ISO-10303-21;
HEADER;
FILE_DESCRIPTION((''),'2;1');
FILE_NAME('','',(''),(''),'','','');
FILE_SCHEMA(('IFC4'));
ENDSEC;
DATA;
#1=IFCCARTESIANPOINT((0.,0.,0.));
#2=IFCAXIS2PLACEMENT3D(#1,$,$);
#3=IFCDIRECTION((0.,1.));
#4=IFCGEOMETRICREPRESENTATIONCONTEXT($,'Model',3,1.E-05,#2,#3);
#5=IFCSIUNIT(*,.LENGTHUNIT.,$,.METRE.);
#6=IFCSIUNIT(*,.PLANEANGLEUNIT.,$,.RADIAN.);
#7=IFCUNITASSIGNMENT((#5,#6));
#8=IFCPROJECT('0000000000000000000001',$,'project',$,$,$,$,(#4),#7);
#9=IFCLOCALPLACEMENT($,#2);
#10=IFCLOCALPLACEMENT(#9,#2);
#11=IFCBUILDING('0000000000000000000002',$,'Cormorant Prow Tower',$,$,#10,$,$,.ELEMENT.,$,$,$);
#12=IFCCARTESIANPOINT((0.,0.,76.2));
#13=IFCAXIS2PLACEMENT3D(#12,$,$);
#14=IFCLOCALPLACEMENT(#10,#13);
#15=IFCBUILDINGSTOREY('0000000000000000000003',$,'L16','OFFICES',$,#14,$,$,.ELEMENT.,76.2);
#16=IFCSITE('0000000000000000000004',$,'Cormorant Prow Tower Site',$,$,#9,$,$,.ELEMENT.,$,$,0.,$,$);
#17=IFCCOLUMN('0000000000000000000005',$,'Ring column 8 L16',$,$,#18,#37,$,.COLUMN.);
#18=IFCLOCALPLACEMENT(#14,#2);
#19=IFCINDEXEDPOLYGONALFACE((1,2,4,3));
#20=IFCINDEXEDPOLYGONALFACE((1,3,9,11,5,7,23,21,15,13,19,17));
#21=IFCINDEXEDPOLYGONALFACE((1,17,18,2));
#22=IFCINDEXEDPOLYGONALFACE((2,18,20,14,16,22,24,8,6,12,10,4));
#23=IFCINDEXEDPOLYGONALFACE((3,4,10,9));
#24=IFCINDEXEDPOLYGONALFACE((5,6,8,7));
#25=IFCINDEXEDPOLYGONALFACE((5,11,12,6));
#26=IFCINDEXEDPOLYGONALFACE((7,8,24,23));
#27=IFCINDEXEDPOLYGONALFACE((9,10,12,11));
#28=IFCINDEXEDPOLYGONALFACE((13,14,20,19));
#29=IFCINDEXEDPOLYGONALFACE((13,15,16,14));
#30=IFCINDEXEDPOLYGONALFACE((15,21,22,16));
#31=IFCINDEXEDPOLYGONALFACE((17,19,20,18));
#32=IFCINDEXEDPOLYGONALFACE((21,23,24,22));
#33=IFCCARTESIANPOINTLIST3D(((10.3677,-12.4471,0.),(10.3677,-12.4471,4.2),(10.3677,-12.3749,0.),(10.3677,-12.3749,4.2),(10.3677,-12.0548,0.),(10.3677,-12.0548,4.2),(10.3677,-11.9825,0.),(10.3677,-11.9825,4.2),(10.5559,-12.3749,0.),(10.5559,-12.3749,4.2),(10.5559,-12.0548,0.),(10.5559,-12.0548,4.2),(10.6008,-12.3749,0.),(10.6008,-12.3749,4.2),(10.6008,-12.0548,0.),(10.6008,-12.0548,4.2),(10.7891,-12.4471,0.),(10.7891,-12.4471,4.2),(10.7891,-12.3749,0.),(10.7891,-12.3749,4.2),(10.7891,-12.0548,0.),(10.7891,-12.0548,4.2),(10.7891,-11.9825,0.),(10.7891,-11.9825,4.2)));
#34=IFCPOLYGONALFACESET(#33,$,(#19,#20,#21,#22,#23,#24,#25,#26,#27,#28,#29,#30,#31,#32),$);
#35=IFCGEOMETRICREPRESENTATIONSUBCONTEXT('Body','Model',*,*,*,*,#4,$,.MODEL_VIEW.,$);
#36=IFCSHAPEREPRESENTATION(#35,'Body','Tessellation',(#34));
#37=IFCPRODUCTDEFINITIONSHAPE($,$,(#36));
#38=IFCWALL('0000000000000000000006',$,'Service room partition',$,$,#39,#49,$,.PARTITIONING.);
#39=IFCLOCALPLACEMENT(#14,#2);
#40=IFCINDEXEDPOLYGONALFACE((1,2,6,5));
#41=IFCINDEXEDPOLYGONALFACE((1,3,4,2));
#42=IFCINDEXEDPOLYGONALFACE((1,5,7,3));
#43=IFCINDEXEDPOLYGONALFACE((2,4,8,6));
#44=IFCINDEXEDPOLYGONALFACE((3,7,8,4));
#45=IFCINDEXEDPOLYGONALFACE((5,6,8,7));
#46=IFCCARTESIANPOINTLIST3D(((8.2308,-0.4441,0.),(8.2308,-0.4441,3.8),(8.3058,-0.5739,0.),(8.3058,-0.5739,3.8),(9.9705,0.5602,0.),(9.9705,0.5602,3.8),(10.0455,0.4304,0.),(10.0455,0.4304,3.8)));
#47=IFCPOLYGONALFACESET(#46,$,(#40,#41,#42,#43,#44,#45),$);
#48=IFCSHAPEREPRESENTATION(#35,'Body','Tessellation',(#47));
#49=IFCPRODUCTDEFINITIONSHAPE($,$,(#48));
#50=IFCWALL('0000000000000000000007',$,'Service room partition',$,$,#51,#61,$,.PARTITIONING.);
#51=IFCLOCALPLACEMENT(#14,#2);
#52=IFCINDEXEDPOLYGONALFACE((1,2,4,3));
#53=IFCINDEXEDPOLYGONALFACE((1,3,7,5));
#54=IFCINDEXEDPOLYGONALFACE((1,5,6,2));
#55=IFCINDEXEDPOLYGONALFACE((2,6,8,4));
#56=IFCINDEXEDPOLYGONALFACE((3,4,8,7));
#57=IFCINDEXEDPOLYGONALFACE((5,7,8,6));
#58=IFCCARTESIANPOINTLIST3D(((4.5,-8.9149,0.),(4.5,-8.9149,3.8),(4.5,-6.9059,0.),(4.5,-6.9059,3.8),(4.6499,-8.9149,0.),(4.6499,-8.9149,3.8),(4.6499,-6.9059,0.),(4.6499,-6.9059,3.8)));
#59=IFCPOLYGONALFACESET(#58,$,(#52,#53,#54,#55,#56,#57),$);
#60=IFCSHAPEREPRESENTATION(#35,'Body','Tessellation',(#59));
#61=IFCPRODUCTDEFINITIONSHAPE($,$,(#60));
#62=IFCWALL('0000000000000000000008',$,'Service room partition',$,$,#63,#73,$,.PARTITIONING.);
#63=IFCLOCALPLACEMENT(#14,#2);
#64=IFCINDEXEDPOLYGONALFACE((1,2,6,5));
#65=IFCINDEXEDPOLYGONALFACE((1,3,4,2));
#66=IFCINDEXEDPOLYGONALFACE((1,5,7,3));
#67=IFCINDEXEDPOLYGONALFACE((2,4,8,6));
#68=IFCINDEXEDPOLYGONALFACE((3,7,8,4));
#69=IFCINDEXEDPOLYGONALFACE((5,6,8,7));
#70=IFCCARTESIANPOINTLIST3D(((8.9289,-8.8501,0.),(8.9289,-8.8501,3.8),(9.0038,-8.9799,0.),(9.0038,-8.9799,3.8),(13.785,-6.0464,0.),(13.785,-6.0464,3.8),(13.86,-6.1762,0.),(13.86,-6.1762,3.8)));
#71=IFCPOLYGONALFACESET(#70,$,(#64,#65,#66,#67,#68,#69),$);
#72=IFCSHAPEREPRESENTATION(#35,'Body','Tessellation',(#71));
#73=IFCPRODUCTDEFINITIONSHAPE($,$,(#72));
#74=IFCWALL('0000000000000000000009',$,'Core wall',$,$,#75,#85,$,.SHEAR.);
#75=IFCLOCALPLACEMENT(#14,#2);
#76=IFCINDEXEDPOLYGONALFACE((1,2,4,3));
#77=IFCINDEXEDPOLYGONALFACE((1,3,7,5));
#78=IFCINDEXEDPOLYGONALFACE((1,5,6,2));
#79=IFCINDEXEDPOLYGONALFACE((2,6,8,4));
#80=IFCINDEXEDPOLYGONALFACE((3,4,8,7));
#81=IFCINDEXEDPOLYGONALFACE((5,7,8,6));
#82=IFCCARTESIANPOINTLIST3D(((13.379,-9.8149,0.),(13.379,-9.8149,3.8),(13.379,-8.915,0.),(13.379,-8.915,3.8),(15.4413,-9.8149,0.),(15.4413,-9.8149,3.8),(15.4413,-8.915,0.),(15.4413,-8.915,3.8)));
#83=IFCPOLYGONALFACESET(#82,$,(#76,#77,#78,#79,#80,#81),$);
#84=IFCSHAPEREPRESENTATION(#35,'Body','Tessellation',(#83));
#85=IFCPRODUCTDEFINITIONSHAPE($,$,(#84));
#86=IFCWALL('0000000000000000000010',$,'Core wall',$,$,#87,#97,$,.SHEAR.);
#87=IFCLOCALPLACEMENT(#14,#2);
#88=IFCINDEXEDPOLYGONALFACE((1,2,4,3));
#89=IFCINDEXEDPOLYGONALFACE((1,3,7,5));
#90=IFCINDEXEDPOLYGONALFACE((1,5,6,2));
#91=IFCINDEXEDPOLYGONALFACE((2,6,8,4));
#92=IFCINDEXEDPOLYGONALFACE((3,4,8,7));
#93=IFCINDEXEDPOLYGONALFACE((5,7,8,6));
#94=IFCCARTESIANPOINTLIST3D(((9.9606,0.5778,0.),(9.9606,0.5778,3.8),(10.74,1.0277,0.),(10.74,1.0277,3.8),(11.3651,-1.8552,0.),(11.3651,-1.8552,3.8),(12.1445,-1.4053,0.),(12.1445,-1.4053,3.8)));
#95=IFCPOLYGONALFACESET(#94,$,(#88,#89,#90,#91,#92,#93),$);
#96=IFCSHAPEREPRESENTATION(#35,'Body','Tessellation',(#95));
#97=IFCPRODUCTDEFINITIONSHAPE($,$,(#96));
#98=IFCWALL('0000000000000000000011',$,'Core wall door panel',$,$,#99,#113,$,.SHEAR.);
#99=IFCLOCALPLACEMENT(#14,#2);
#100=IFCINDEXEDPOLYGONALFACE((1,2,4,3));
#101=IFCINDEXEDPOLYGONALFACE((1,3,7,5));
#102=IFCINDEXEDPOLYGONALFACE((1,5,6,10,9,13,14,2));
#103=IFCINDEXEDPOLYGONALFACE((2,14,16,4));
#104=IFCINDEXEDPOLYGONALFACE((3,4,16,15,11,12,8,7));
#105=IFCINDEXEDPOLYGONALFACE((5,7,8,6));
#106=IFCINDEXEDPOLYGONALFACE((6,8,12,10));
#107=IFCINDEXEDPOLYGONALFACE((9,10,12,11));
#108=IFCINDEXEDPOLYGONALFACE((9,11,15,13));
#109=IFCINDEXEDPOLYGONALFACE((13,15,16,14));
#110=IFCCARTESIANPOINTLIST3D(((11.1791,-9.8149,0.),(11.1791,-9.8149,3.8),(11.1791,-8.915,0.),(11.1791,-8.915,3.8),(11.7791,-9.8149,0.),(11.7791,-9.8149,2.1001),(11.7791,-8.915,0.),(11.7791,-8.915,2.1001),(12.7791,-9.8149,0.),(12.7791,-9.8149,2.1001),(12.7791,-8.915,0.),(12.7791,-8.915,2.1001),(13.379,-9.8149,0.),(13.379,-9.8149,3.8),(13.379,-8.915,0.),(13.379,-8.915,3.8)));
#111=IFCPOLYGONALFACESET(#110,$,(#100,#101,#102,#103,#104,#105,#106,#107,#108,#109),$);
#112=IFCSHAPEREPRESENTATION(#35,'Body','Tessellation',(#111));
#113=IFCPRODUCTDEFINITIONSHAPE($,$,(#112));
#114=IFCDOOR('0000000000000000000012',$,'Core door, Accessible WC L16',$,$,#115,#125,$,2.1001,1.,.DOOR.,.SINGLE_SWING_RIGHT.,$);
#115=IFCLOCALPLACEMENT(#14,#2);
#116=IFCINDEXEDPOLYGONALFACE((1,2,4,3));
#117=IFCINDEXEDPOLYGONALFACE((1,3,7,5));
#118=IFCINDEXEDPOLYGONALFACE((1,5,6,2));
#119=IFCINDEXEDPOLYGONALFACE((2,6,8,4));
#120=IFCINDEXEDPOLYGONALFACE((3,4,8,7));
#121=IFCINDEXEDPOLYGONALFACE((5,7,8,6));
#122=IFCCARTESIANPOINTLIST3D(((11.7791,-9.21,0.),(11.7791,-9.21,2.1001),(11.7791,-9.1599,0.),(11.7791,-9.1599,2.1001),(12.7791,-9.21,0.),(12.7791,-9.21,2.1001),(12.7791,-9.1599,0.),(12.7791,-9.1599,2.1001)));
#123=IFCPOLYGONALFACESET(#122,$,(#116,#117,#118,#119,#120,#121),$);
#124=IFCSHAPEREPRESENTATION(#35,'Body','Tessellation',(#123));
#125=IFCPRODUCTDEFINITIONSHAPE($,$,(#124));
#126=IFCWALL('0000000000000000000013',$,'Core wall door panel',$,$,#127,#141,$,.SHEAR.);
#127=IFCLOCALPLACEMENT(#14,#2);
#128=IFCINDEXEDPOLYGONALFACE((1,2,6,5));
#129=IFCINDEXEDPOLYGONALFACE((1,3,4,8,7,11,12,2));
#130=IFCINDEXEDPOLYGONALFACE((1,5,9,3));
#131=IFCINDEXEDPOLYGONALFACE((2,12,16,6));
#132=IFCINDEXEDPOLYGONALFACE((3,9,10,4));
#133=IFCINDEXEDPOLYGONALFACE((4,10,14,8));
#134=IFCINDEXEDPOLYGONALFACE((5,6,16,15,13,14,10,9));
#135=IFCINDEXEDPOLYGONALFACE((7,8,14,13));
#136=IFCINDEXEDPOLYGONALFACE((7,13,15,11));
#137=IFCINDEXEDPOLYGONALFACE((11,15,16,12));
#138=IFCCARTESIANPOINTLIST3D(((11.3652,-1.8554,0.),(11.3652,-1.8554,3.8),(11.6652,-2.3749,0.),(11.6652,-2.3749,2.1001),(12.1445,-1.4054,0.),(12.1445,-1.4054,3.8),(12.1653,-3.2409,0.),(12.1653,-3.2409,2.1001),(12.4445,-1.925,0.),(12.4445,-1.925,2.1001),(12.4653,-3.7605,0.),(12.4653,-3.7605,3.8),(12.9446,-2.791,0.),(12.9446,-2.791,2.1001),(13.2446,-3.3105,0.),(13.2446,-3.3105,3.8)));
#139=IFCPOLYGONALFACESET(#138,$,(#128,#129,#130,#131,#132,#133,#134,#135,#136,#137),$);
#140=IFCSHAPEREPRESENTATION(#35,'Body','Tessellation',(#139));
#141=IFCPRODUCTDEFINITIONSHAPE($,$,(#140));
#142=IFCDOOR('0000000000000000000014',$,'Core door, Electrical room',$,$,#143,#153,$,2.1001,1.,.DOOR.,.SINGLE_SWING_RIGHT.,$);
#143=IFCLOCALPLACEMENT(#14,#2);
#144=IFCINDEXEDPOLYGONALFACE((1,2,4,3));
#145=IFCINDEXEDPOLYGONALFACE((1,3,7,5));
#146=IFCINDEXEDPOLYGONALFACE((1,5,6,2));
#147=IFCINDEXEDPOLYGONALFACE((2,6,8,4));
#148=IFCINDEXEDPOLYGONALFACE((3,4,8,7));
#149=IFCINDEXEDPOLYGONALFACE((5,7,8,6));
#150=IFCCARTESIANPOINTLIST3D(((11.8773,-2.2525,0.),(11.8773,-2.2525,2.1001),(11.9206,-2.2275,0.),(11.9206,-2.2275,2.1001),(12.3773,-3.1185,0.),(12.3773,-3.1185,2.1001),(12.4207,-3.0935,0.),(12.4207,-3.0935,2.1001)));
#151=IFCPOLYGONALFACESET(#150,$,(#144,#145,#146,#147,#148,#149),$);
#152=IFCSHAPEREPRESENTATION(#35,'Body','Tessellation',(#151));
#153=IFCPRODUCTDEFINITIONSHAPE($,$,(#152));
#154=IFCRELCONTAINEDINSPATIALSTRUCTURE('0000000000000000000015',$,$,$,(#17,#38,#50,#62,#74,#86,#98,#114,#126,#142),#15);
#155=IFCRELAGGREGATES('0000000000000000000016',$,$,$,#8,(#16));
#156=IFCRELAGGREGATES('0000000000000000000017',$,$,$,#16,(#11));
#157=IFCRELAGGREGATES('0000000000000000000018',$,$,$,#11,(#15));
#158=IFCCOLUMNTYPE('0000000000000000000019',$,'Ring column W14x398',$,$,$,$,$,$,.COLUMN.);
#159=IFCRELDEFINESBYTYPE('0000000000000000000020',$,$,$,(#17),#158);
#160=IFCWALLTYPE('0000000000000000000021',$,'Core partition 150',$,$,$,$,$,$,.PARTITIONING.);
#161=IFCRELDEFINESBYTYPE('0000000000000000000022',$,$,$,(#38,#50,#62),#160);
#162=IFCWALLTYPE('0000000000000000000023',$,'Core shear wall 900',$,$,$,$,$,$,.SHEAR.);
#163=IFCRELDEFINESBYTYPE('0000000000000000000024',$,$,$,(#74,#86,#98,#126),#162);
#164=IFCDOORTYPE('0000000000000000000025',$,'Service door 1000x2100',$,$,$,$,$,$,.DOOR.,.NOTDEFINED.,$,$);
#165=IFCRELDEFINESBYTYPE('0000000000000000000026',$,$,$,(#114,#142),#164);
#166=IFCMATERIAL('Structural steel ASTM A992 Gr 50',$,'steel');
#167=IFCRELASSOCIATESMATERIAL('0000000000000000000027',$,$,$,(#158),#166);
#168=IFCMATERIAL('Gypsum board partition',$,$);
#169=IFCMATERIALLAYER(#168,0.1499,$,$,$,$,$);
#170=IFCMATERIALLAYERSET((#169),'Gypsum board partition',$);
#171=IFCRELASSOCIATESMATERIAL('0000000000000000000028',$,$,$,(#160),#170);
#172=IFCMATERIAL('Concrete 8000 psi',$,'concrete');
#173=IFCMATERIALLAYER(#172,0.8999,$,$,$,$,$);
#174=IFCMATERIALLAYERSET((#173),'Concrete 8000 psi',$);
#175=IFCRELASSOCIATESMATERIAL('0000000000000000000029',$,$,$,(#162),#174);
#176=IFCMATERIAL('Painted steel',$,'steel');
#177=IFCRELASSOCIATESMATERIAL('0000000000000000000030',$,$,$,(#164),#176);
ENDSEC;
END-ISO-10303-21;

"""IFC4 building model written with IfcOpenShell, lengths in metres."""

from ifc_helpers import new_model, si_unit, direction, frame, frame_2d, origin, origin_2d, place, context, subcontext, project, spatial, rectangle, i_section, extrude, material, layer, layer_set, material_profile, profile_set, type_object, element, fill, save


model = new_model("IFC4")

# Units and contexts
model_context = context("Model", 3, precision=1e-05, world=origin(), true_north=direction((0.0, 1.0)))
body_context = subcontext(model_context, "Body", "Model", "MODEL_VIEW")
ifc_project = project(units=[si_unit("LENGTHUNIT", "METRE"), si_unit("PLANEANGLEUNIT", "RADIAN")], contexts=[model_context])

# Site, building, storey
site_placement = place(None, origin())
site = spatial("IfcSite", under=ifc_project, at=site_placement, Name="Cormorant Prow Tower Site", CompositionType="ELEMENT", RefElevation=0.0)
building_placement = place(site_placement, origin())
building = spatial("IfcBuilding", under=site, at=building_placement, Name="Cormorant Prow Tower", CompositionType="ELEMENT")
storey_placement = place(building_placement, frame((0.0, 0.0, 76.2)))
storey = spatial("IfcBuildingStorey", under=building, at=storey_placement, Name="L16", Description="OFFICES", CompositionType="ELEMENT", Elevation=76.2)

# Column
ifc_material_1 = material(Name="Structural steel ASTM A992 Gr 50", Category="steel")
ifc_material_profile = material_profile(ifc_material_1, i_section(OverallWidth=0.4214, OverallDepth=0.4646, WebThickness=0.0449, FlangeThickness=0.0723, at=origin_2d()), Name="W14x398")
ifc_profile_set = profile_set([ifc_material_profile], Name="Structural steel ASTM A992 Gr 50")
column_type = type_object("IfcColumnType", Name="Ring column W14x398", PredefinedType="COLUMN", material=ifc_profile_set)
column_placement = place(storey_placement, frame((10.5784, -12.2148, 0.0), z_axis=(0.0, 0.0, 1.0), x_axis=(1.0, 0.0, 0.0)))
element("IfcColumn", 1, at=column_placement, inside=storey, type_object=column_type, Name="Ring column 8 L16", PredefinedType="COLUMN", context=body_context, shape_type="SweptSolid", body=[
    extrude(i_section(OverallWidth=0.4214, OverallDepth=0.4646, WebThickness=0.0449, FlangeThickness=0.0723, at=origin_2d()), origin(), (0.0, 0.0, 1.0), 4.2),
])

# Walls
ifc_material_2 = material(Name="Gypsum board partition")
ifc_layer_1 = layer(ifc_material_2, 0.1499)
ifc_layer_set_1 = layer_set([ifc_layer_1], Name="Gypsum board partition")
wall_type_1 = type_object("IfcWallType", Name="Core partition 150", PredefinedType="PARTITIONING", material=ifc_layer_set_1)
wall_1_placement = place(storey_placement, frame((8.2683, -0.509, 0.0), z_axis=(0.0, 0.0, 1.0), x_axis=(0.866036, 0.499982, 0.0)))
element("IfcWall", 2, at=wall_1_placement, inside=storey, type_object=wall_type_1, Name="Service room partition", PredefinedType="PARTITIONING", context=body_context, shape_type="SweptSolid", body=[
    extrude(rectangle(XDim=2.0088, YDim=0.1499, at=frame_2d((1.0044, 0.0))), origin(), (0.0, 0.0, 1.0), 3.8),
])
wall_2_placement = place(storey_placement, frame((4.575, -6.906, 0.0), z_axis=(0.0, 0.0, 1.0), x_axis=(0.0, -1.0, 0.0)))
element("IfcWall", 3, at=wall_2_placement, inside=storey, type_object=wall_type_1, Name="Service room partition", PredefinedType="PARTITIONING", context=body_context, shape_type="SweptSolid", body=[
    extrude(rectangle(XDim=2.009, YDim=0.1499, at=frame_2d((1.0044, 0.0))), origin(), (0.0, 0.0, 1.0), 3.8),
])
wall_3_placement = place(storey_placement, frame((13.8225, -6.1113, 0.0), z_axis=(0.0, 0.0, 1.0), x_axis=(-0.866027, -0.499998, 0.0)))
element("IfcWall", 4, at=wall_3_placement, inside=storey, type_object=wall_type_1, Name="Service room partition", PredefinedType="PARTITIONING", context=body_context, shape_type="SweptSolid", body=[
    extrude(rectangle(XDim=5.6074, YDim=0.1499, at=frame_2d((2.8037, 0.0))), origin(), (0.0, 0.0, 1.0), 3.8),
])
ifc_material_3 = material(Name="Concrete 8000 psi", Category="concrete")
ifc_layer_2 = layer(ifc_material_3, 0.8999)
ifc_layer_set_2 = layer_set([ifc_layer_2], Name="Concrete 8000 psi")
wall_type_2 = type_object("IfcWallType", Name="Core shear wall 900", PredefinedType="SHEAR", material=ifc_layer_set_2)
wall_4_placement = place(storey_placement, frame((13.3789, -9.365, 0.0), z_axis=(0.0, 0.0, 1.0), x_axis=(1.0, 0.0, 0.0)))
element("IfcWall", 5, at=wall_4_placement, inside=storey, type_object=wall_type_2, Name="Core wall", PredefinedType="SHEAR", context=body_context, shape_type="SweptSolid", body=[
    extrude(rectangle(XDim=2.0623, YDim=0.8999, at=frame_2d((1.0312, 0.0))), origin(), (0.0, 0.0, 1.0), 3.8),
])
wall_5_placement = place(storey_placement, frame((11.7549, -1.6304, 0.0), z_axis=(0.0, 0.0, 1.0), x_axis=(-0.499943, 0.866058, 0.0)))
element("IfcWall", 6, at=wall_5_placement, inside=storey, type_object=wall_type_2, Name="Core wall", PredefinedType="SHEAR", context=body_context, shape_type="SweptSolid", body=[
    extrude(rectangle(XDim=2.8093, YDim=0.8999, at=frame_2d((1.4048, 0.0))), origin(), (0.0, 0.0, 1.0), 3.8),
])

# Walls, openings, doors
wall_6_placement = place(storey_placement, frame((11.179, -9.365, 0.0), z_axis=(0.0, 0.0, 1.0), x_axis=(1.0, 0.0, 0.0)))
wall_6 = element("IfcWall", 7, at=wall_6_placement, inside=storey, type_object=wall_type_2, Name="Core wall door panel", PredefinedType="SHEAR", context=body_context, shape_type="SweptSolid", body=[
    extrude(rectangle(XDim=2.2, YDim=0.8999, at=frame_2d((1.1001, 0.0))), origin(), (0.0, 0.0, 1.0), 3.8),
])
opening_1_placement = place(wall_6_placement, frame((0.6001, 0.0, 0.0)))
opening_1 = element("IfcOpeningElement", 8, at=opening_1_placement, cuts=wall_6, PredefinedType="OPENING", context=body_context, shape_type="SweptSolid", body=[
    extrude(rectangle(XDim=1.0, YDim=2.1001, at=frame_2d((0.5, 1.05))), frame((0.0, 0.46, 0.0), z_axis=(0.0, -1.0, 0.0), x_axis=(1.0, 0.0, 0.0)), (0.0, 0.0, 1.0), 0.9199),
])
ifc_material_4 = material(Name="Painted steel", Category="steel")
door_type_1 = type_object("IfcDoorType", Name="Service door 1000x2100", OperationType="NOTDEFINED", PredefinedType="DOOR", material=ifc_material_4)
door_1_placement = place(opening_1_placement, origin())
door_1 = element("IfcDoor", 9, at=door_1_placement, inside=storey, type_object=door_type_1, Name="Core door, Accessible WC L16", OperationType="SINGLE_SWING_RIGHT", OverallHeight=2.1001, OverallWidth=1.0, PredefinedType="DOOR", context=body_context, shape_type="SweptSolid", body=[
    extrude(rectangle(XDim=1.0, YDim=2.1001, at=frame_2d((0.5, 1.05))), frame((0.0, 0.2051, 0.0), z_axis=(0.0, -1.0, 0.0), x_axis=(1.0, 0.0, 0.0)), (0.0, 0.0, 1.0), 0.05),
])
fill(opening_1, door_1)
wall_7_placement = place(storey_placement, frame((12.855, -3.5356, 0.0), z_axis=(0.0, 0.0, 1.0), x_axis=(-0.50003, 0.866008, 0.0)))
wall_7 = element("IfcWall", 10, at=wall_7_placement, inside=storey, type_object=wall_type_2, Name="Core wall door panel", PredefinedType="SHEAR", context=body_context, shape_type="SweptSolid", body=[
    extrude(rectangle(XDim=2.2, YDim=0.8999, at=frame_2d((1.1001, 0.0))), origin(), (0.0, 0.0, 1.0), 3.8),
])
opening_2_placement = place(wall_7_placement, frame((0.6001, 0.0, 0.0)))
opening_2 = element("IfcOpeningElement", 11, at=opening_2_placement, cuts=wall_7, PredefinedType="OPENING", context=body_context, shape_type="SweptSolid", body=[
    extrude(rectangle(XDim=1.0, YDim=2.1001, at=frame_2d((0.5, 1.05))), frame((0.0, 0.46, 0.0), z_axis=(0.0, -1.0, 0.0), x_axis=(1.0, 0.0, 0.0)), (0.0, 0.0, 1.0), 0.9199),
])
door_2_placement = place(opening_2_placement, origin())
door_2 = element("IfcDoor", 12, at=door_2_placement, inside=storey, type_object=door_type_1, Name="Core door, Electrical room", OperationType="SINGLE_SWING_RIGHT", OverallHeight=2.1001, OverallWidth=1.0, PredefinedType="DOOR", context=body_context, shape_type="SweptSolid", body=[
    extrude(rectangle(XDim=1.0, YDim=2.1001, at=frame_2d((0.5, 1.05))), frame((0.0, 0.2051, 0.0), z_axis=(0.0, -1.0, 0.0), x_axis=(1.0, 0.0, 0.0)), (0.0, 0.0, 1.0), 0.05),
])
fill(opening_2, door_2)

save(model, "model.ifc")
